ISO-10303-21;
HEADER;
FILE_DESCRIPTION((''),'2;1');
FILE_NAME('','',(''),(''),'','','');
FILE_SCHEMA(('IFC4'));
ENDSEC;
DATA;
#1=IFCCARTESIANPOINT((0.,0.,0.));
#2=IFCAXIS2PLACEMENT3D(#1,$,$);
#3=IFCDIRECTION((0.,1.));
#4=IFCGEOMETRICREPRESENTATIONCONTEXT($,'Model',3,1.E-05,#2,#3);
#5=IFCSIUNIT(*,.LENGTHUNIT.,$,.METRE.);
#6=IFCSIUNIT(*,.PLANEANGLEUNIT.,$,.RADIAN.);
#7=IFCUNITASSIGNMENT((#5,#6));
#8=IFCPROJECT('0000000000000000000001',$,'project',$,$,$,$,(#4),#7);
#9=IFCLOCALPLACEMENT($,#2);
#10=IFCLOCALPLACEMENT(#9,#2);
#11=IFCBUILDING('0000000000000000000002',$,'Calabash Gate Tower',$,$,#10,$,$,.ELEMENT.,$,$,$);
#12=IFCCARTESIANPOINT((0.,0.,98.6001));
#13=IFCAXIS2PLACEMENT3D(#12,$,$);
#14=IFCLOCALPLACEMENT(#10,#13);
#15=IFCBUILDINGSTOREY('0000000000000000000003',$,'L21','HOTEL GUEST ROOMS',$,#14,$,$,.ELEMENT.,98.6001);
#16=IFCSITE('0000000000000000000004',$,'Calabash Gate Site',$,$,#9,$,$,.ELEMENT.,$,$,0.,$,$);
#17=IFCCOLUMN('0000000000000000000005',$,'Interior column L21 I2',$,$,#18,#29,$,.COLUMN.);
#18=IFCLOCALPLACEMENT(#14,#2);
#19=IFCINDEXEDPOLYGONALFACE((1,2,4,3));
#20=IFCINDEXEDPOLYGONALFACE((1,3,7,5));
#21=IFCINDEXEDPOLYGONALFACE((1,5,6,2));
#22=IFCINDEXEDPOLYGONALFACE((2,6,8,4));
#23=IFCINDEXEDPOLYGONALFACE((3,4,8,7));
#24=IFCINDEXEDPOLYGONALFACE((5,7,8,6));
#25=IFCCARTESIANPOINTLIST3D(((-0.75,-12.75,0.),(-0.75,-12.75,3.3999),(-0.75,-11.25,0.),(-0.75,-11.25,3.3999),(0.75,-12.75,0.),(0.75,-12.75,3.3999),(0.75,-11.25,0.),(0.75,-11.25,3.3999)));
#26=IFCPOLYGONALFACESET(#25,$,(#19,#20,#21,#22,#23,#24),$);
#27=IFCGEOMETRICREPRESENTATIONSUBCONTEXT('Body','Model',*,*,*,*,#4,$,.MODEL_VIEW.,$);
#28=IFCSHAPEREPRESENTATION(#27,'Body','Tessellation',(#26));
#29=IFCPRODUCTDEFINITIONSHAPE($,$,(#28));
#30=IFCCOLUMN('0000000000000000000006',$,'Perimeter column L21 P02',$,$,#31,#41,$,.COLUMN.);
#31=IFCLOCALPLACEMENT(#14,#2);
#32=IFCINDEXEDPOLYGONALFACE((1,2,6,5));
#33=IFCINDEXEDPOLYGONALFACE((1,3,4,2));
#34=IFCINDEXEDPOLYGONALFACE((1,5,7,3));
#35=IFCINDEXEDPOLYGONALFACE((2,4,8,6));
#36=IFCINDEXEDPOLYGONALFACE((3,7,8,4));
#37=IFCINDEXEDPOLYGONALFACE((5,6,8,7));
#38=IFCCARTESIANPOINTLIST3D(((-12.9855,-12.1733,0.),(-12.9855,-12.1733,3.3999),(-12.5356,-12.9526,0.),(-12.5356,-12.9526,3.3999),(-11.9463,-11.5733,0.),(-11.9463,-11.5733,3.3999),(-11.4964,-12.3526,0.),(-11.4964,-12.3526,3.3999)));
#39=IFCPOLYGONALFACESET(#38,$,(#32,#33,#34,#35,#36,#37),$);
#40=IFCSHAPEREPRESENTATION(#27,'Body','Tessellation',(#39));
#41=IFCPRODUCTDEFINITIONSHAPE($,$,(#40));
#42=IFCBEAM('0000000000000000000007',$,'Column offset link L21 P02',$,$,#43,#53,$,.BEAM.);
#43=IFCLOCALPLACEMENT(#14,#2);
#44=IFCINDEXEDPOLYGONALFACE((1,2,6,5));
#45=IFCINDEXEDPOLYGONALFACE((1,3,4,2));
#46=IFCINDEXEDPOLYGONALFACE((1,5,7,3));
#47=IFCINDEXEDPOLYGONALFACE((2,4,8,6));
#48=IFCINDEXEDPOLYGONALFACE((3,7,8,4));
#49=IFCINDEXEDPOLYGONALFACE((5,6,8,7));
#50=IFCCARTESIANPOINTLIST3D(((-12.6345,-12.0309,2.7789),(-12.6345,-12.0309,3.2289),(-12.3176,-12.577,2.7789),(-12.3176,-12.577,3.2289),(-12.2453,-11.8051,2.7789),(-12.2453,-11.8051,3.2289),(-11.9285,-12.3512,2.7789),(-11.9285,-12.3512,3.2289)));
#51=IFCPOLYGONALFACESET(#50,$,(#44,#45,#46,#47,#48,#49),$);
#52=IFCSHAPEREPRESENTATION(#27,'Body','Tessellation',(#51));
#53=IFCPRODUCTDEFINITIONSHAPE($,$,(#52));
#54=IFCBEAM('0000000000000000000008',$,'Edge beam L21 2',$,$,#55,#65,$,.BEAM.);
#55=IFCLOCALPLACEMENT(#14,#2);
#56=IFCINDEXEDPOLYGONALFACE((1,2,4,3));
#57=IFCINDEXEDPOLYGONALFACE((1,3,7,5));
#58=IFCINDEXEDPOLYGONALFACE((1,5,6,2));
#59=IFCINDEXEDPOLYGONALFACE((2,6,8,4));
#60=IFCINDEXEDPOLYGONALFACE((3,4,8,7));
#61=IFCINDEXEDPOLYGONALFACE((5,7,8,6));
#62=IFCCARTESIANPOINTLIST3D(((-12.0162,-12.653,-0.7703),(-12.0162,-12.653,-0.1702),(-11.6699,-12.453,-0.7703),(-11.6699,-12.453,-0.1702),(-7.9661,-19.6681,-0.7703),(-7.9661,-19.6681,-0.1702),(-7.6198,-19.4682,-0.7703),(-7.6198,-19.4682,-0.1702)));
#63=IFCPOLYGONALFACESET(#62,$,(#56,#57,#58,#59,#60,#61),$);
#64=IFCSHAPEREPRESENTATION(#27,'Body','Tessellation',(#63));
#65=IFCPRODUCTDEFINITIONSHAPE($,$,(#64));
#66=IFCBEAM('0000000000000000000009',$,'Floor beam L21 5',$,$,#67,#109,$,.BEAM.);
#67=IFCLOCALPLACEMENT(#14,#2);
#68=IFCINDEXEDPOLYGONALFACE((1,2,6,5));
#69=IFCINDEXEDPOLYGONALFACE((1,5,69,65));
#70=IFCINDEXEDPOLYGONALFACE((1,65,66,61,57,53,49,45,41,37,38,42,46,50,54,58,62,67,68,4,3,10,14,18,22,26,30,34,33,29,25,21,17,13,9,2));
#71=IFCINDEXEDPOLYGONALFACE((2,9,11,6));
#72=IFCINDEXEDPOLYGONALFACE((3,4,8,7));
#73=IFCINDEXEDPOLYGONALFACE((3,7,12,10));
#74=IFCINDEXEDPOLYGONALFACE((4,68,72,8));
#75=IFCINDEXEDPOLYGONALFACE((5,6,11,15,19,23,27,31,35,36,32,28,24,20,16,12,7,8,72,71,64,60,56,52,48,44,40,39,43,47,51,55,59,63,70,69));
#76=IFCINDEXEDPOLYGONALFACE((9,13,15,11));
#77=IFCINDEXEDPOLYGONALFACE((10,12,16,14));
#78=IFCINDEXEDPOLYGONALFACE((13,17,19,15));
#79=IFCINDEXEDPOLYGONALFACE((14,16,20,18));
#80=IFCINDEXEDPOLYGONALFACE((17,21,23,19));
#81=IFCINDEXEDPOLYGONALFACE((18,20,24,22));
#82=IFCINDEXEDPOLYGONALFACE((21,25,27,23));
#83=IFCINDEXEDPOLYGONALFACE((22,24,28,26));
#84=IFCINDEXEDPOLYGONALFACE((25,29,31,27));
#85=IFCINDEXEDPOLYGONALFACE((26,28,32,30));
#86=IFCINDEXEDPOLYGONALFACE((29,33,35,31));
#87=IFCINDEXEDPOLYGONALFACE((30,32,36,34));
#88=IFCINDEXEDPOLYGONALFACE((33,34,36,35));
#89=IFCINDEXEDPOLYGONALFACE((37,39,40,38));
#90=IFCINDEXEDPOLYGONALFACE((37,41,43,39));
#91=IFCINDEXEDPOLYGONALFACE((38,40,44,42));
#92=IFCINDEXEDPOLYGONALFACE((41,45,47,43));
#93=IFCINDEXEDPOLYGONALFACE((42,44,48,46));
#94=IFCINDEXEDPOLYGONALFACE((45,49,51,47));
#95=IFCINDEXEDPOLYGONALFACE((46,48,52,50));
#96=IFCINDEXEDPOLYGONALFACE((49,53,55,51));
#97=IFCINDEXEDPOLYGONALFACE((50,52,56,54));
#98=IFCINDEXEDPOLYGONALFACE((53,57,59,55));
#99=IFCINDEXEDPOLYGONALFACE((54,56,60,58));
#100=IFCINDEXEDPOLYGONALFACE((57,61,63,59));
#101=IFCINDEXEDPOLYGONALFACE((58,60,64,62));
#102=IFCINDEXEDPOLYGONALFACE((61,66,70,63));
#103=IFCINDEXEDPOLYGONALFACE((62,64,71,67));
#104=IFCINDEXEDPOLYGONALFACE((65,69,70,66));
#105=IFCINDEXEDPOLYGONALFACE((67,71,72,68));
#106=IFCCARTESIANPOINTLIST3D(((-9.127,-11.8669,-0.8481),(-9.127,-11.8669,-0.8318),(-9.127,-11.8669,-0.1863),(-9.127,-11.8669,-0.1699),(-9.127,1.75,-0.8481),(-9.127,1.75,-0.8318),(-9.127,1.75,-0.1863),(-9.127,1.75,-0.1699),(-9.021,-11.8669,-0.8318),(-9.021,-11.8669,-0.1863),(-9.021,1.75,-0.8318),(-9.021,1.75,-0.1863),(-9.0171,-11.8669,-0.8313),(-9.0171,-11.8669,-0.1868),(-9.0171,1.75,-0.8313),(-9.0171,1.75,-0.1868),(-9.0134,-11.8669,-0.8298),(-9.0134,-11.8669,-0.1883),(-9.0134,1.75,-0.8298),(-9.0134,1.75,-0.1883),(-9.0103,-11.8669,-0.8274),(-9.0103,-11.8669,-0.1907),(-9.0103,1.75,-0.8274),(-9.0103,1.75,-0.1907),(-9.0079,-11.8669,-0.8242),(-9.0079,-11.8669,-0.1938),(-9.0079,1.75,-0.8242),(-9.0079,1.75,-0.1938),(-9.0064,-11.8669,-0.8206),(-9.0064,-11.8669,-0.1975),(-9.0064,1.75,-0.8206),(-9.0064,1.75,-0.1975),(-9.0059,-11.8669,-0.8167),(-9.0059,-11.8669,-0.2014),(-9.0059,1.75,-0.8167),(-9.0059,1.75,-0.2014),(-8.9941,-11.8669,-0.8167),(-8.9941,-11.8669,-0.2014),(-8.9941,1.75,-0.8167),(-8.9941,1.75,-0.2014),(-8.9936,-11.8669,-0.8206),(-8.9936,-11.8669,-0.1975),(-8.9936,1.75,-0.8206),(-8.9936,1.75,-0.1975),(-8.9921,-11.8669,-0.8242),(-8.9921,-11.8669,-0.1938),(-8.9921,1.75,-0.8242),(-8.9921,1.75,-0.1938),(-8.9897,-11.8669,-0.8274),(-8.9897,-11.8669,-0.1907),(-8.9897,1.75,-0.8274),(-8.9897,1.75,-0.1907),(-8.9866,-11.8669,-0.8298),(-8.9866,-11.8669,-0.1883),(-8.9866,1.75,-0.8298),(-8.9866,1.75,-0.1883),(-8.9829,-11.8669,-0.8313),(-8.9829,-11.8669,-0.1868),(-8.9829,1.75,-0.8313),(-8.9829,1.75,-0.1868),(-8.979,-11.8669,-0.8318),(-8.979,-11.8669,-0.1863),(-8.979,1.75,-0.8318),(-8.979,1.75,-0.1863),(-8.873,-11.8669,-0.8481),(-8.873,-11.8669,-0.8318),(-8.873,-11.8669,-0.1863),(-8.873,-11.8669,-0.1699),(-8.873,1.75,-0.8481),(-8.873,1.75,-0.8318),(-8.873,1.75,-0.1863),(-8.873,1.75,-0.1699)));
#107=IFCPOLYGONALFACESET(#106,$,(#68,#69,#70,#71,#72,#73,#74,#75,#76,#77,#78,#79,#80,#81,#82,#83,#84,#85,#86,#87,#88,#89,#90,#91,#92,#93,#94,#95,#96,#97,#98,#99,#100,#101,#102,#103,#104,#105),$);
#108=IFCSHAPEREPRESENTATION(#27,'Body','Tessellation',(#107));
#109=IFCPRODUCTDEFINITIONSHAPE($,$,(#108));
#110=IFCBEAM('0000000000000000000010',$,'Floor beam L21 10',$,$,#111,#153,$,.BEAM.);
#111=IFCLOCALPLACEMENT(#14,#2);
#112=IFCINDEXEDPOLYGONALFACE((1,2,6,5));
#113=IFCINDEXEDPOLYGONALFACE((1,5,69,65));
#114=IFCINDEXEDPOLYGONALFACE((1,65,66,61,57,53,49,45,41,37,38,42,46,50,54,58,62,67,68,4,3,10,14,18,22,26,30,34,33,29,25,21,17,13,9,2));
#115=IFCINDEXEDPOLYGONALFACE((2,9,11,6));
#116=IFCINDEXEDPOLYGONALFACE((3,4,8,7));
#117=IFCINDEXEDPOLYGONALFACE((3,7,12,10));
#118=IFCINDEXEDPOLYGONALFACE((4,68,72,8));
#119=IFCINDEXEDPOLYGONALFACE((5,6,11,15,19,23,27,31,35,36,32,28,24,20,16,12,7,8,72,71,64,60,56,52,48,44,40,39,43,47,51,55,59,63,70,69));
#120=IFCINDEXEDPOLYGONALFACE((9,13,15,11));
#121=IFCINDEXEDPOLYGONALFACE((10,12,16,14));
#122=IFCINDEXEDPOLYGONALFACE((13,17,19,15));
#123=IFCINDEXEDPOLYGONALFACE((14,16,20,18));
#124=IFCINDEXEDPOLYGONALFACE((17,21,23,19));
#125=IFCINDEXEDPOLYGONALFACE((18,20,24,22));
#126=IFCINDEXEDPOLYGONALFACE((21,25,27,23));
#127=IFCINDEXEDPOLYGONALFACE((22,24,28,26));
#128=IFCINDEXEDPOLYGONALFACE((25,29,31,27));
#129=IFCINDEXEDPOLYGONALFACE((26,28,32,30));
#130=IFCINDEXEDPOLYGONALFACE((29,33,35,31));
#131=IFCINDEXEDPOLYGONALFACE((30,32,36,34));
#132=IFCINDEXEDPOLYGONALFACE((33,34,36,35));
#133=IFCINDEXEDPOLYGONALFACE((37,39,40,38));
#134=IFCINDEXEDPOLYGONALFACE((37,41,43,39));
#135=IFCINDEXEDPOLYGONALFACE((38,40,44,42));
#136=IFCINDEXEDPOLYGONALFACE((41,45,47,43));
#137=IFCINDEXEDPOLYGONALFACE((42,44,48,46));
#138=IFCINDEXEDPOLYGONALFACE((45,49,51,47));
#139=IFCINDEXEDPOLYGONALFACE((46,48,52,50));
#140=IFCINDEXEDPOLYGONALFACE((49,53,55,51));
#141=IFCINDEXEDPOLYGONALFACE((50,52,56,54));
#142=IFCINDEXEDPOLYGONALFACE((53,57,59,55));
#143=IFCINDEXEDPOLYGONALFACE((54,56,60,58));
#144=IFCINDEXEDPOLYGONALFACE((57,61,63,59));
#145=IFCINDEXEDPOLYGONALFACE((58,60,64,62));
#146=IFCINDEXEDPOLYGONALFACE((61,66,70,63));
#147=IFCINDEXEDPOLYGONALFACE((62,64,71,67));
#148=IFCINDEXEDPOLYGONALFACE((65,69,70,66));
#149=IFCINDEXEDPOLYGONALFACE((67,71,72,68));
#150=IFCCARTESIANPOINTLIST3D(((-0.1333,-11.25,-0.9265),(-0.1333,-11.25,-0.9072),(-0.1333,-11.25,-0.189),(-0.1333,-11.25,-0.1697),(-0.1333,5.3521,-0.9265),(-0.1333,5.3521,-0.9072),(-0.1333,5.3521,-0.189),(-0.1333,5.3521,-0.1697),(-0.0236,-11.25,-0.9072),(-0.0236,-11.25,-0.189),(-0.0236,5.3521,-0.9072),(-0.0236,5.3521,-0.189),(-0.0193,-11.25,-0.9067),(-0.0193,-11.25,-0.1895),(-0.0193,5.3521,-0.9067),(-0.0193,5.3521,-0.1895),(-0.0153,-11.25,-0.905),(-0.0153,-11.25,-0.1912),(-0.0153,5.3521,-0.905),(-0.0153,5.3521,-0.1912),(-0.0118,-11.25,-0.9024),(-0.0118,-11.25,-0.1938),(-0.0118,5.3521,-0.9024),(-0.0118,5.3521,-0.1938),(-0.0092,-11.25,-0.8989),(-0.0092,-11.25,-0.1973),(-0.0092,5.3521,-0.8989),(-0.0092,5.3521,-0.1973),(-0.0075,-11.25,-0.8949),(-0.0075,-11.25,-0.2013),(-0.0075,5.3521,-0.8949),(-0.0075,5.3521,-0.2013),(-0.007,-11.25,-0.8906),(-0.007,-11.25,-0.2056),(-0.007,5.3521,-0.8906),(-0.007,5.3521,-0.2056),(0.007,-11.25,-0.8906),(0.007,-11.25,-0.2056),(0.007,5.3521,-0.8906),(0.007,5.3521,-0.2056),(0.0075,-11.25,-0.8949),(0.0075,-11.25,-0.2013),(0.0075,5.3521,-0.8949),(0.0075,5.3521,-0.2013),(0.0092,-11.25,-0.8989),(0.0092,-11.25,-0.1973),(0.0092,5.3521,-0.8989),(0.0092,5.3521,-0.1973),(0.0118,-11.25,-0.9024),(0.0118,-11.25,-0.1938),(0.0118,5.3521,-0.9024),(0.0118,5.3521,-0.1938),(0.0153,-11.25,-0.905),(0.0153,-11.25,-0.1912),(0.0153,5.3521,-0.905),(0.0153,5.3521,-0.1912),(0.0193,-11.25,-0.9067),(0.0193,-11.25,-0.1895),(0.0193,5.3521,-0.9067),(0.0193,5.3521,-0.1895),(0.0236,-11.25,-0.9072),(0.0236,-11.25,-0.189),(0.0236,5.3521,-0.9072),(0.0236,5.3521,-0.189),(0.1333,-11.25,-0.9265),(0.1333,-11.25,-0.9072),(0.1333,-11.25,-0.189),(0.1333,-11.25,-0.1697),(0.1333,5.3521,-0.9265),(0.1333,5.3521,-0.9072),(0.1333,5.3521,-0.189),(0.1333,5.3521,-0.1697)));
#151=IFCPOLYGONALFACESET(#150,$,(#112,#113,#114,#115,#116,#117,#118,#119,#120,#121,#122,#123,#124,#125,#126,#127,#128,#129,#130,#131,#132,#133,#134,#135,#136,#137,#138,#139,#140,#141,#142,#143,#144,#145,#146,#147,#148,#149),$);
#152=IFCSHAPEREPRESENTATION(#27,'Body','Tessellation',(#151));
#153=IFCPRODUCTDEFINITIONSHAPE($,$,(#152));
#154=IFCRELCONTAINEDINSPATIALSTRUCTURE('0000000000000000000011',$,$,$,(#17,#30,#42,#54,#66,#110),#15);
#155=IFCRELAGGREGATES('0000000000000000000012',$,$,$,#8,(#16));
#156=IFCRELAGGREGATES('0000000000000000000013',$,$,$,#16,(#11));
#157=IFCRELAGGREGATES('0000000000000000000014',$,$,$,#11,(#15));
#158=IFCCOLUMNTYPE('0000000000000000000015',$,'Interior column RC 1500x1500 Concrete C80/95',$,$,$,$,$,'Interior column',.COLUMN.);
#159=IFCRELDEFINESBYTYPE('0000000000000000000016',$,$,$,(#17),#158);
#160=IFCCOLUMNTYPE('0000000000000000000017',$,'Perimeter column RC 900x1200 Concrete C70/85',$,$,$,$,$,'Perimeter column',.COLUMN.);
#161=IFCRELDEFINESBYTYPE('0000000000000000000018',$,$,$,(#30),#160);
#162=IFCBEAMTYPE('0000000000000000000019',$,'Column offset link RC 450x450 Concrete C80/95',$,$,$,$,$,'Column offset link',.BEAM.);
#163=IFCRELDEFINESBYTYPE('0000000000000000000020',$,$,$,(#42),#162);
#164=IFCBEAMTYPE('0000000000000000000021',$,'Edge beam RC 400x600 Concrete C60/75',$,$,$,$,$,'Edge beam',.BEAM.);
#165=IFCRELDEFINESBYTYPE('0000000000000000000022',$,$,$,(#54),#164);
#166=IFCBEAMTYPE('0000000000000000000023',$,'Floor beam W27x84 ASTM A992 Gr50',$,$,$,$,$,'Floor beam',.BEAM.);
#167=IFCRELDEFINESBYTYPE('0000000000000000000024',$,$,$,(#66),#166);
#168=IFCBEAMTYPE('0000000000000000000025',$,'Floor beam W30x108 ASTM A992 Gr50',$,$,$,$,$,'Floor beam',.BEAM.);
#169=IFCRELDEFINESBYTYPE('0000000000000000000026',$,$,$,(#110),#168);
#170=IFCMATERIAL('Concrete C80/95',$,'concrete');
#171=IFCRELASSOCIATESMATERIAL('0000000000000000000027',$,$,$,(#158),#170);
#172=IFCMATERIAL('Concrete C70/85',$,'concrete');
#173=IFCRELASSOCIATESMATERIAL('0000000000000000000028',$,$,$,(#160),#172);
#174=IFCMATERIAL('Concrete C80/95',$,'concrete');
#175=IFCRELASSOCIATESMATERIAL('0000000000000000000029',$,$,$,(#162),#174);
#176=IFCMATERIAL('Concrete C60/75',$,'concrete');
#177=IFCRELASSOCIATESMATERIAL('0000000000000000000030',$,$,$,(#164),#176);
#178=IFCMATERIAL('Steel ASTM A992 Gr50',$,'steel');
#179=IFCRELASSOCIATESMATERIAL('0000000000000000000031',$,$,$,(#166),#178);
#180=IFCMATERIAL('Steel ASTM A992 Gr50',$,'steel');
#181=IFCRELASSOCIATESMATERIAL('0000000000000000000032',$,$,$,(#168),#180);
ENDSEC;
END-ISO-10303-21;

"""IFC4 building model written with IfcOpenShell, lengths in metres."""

from ifc_helpers import new_model, si_unit, direction, frame, origin, origin_2d, place, context, subcontext, project, spatial, rectangle, i_section, extrude, material, material_profile, profile_set, type_object, element, save


model = new_model("IFC4")

# Units and contexts
model_context = context("Model", 3, precision=1e-05, world=origin(), true_north=direction((0.0, 1.0)))
body_context = subcontext(model_context, "Body", "Model", "MODEL_VIEW")
ifc_project = project(units=[si_unit("LENGTHUNIT", "METRE"), si_unit("PLANEANGLEUNIT", "RADIAN")], contexts=[model_context])

# Site, building, storey
site_placement = place(None, origin())
site = spatial("IfcSite", under=ifc_project, at=site_placement, Name="Calabash Gate Site", CompositionType="ELEMENT", RefElevation=0.0)
building_placement = place(site_placement, origin())
building = spatial("IfcBuilding", under=site, at=building_placement, Name="Calabash Gate Tower", CompositionType="ELEMENT")
storey_placement = place(building_placement, frame((0.0, 0.0, 98.6001)))
storey = spatial("IfcBuildingStorey", under=building, at=storey_placement, Name="L21", Description="HOTEL GUEST ROOMS", CompositionType="ELEMENT", Elevation=98.6001)

# Columns
ifc_material_1 = material(Name="Concrete C80/95", Category="concrete")
ifc_material_profile_1 = material_profile(ifc_material_1, rectangle(XDim=1.5, YDim=1.5, at=origin_2d()))
ifc_profile_set_1 = profile_set([ifc_material_profile_1], Name="Concrete C80/95")
column_type_1 = type_object("IfcColumnType", Name="Interior column RC 1500x1500 Concrete C80/95", ElementType="Interior column", PredefinedType="COLUMN", material=ifc_profile_set_1)
column_1_placement = place(storey_placement, frame((0.0, -12.0, 0.0), z_axis=(0.0, 0.0, 1.0), x_axis=(1.0, 0.0, 0.0)))
element("IfcColumn", 1, at=column_1_placement, inside=storey, type_object=column_type_1, Name="Interior column L21 I2", PredefinedType="COLUMN", context=body_context, shape_type="SweptSolid", body=[
    extrude(rectangle(XDim=1.5, YDim=1.5, at=origin_2d()), origin(), (0.0, 0.0, 1.0), 3.3999),
])
ifc_material_2 = material(Name="Concrete C70/85", Category="concrete")
ifc_material_profile_2 = material_profile(ifc_material_2, rectangle(XDim=0.8999, YDim=1.2, at=origin_2d()))
ifc_profile_set_2 = profile_set([ifc_material_profile_2], Name="Concrete C70/85")
column_type_2 = type_object("IfcColumnType", Name="Perimeter column RC 900x1200 Concrete C70/85", ElementType="Perimeter column", PredefinedType="COLUMN", material=ifc_profile_set_2)
column_2_placement = place(storey_placement, frame((-12.241, -12.2629, 0.0), z_axis=(0.0, 0.0, 1.0), x_axis=(0.5, -0.866025, 0.0)))
element("IfcColumn", 2, at=column_2_placement, inside=storey, type_object=column_type_2, Name="Perimeter column L21 P02", PredefinedType="COLUMN", context=body_context, shape_type="SweptSolid", body=[
    extrude(rectangle(XDim=0.8999, YDim=1.2, at=origin_2d()), origin(), (0.0, 0.0, 1.0), 3.3999),
])

# Beams
ifc_material_3 = material(Name="Concrete C80/95", Category="concrete")
ifc_material_profile_3 = material_profile(ifc_material_3, rectangle(XDim=0.45, YDim=0.45, at=origin_2d()))
ifc_profile_set_3 = profile_set([ifc_material_profile_3], Name="Concrete C80/95")
beam_type_1 = type_object("IfcBeamType", Name="Column offset link RC 450x450 Concrete C80/95", ElementType="Column offset link", PredefinedType="BEAM", material=ifc_profile_set_3)
beam_1_placement = place(storey_placement, frame((-12.123, -12.4641, 3.0039), z_axis=(-0.501874, 0.864941, 0.0), x_axis=(-0.864941, -0.501874, 0.0)))
element("IfcBeam", 3, at=beam_1_placement, inside=storey, type_object=beam_type_1, Name="Column offset link L21 P02", PredefinedType="BEAM", context=body_context, shape_type="SweptSolid", body=[
    extrude(rectangle(XDim=0.45, YDim=0.45, at=origin_2d()), origin(), (0.0, 0.0, 1.0), 0.6313),
])
ifc_material_4 = material(Name="Concrete C60/75", Category="concrete")
ifc_material_profile_4 = material_profile(ifc_material_4, rectangle(XDim=0.3999, YDim=0.6001, at=origin_2d()))
ifc_profile_set_4 = profile_set([ifc_material_profile_4], Name="Concrete C60/75")
beam_type_2 = type_object("IfcBeamType", Name="Edge beam RC 400x600 Concrete C60/75", ElementType="Edge beam", PredefinedType="BEAM", material=ifc_profile_set_4)
beam_2_placement = place(storey_placement, frame((-11.843, -12.553, -0.4702), z_axis=(0.499987, -0.866033, 0.0), x_axis=(0.866033, 0.499987, 0.0)))
element("IfcBeam", 4, at=beam_2_placement, inside=storey, type_object=beam_type_2, Name="Edge beam L21 2", PredefinedType="BEAM", context=body_context, shape_type="SweptSolid", body=[
    extrude(rectangle(XDim=0.3999, YDim=0.6001, at=origin_2d()), origin(), (0.0, 0.0, 1.0), 8.1003),
])
ifc_material_5 = material(Name="Steel ASTM A992 Gr50", Category="steel")
ifc_material_profile_5 = material_profile(ifc_material_5, i_section(OverallWidth=0.2539, OverallDepth=0.6782, WebThickness=0.0117, FlangeThickness=0.0164, FilletRadius=0.0151, at=origin_2d()))
ifc_profile_set_5 = profile_set([ifc_material_profile_5], Name="Steel ASTM A992 Gr50")
beam_type_3 = type_object("IfcBeamType", Name="Floor beam W27x84 ASTM A992 Gr50", ElementType="Floor beam", PredefinedType="BEAM", material=ifc_profile_set_5)
beam_3_placement = place(storey_placement, frame((-9.0, -11.8669, -0.509), z_axis=(0.0, 1.0, 0.0), x_axis=(-1.0, 0.0, 0.0)))
element("IfcBeam", 5, at=beam_3_placement, inside=storey, type_object=beam_type_3, Name="Floor beam L21 5", PredefinedType="BEAM", context=body_context, shape_type="SweptSolid", body=[
    extrude(i_section(OverallWidth=0.2539, OverallDepth=0.6782, WebThickness=0.0117, FlangeThickness=0.0164, FilletRadius=0.0151, at=origin_2d()), origin(), (0.0, 0.0, 1.0), 13.6169),
])
ifc_material_6 = material(Name="Steel ASTM A992 Gr50", Category="steel")
ifc_material_profile_6 = material_profile(ifc_material_6, i_section(OverallWidth=0.2666, OverallDepth=0.7568, WebThickness=0.0139, FlangeThickness=0.0193, FilletRadius=0.0166, at=origin_2d()))
ifc_profile_set_6 = profile_set([ifc_material_profile_6], Name="Steel ASTM A992 Gr50")
beam_type_4 = type_object("IfcBeamType", Name="Floor beam W30x108 ASTM A992 Gr50", ElementType="Floor beam", PredefinedType="BEAM", material=ifc_profile_set_6)
beam_4_placement = place(storey_placement, frame((0.0, -11.25, -0.5481), z_axis=(0.0, 1.0, 0.0), x_axis=(-1.0, 0.0, 0.0)))
element("IfcBeam", 6, at=beam_4_placement, inside=storey, type_object=beam_type_4, Name="Floor beam L21 10", PredefinedType="BEAM", context=body_context, shape_type="SweptSolid", body=[
    extrude(i_section(OverallWidth=0.2666, OverallDepth=0.7568, WebThickness=0.0139, FlangeThickness=0.0193, FilletRadius=0.0166, at=origin_2d()), origin(), (0.0, 0.0, 1.0), 16.6021),
])

save(model, "model.ifc")
